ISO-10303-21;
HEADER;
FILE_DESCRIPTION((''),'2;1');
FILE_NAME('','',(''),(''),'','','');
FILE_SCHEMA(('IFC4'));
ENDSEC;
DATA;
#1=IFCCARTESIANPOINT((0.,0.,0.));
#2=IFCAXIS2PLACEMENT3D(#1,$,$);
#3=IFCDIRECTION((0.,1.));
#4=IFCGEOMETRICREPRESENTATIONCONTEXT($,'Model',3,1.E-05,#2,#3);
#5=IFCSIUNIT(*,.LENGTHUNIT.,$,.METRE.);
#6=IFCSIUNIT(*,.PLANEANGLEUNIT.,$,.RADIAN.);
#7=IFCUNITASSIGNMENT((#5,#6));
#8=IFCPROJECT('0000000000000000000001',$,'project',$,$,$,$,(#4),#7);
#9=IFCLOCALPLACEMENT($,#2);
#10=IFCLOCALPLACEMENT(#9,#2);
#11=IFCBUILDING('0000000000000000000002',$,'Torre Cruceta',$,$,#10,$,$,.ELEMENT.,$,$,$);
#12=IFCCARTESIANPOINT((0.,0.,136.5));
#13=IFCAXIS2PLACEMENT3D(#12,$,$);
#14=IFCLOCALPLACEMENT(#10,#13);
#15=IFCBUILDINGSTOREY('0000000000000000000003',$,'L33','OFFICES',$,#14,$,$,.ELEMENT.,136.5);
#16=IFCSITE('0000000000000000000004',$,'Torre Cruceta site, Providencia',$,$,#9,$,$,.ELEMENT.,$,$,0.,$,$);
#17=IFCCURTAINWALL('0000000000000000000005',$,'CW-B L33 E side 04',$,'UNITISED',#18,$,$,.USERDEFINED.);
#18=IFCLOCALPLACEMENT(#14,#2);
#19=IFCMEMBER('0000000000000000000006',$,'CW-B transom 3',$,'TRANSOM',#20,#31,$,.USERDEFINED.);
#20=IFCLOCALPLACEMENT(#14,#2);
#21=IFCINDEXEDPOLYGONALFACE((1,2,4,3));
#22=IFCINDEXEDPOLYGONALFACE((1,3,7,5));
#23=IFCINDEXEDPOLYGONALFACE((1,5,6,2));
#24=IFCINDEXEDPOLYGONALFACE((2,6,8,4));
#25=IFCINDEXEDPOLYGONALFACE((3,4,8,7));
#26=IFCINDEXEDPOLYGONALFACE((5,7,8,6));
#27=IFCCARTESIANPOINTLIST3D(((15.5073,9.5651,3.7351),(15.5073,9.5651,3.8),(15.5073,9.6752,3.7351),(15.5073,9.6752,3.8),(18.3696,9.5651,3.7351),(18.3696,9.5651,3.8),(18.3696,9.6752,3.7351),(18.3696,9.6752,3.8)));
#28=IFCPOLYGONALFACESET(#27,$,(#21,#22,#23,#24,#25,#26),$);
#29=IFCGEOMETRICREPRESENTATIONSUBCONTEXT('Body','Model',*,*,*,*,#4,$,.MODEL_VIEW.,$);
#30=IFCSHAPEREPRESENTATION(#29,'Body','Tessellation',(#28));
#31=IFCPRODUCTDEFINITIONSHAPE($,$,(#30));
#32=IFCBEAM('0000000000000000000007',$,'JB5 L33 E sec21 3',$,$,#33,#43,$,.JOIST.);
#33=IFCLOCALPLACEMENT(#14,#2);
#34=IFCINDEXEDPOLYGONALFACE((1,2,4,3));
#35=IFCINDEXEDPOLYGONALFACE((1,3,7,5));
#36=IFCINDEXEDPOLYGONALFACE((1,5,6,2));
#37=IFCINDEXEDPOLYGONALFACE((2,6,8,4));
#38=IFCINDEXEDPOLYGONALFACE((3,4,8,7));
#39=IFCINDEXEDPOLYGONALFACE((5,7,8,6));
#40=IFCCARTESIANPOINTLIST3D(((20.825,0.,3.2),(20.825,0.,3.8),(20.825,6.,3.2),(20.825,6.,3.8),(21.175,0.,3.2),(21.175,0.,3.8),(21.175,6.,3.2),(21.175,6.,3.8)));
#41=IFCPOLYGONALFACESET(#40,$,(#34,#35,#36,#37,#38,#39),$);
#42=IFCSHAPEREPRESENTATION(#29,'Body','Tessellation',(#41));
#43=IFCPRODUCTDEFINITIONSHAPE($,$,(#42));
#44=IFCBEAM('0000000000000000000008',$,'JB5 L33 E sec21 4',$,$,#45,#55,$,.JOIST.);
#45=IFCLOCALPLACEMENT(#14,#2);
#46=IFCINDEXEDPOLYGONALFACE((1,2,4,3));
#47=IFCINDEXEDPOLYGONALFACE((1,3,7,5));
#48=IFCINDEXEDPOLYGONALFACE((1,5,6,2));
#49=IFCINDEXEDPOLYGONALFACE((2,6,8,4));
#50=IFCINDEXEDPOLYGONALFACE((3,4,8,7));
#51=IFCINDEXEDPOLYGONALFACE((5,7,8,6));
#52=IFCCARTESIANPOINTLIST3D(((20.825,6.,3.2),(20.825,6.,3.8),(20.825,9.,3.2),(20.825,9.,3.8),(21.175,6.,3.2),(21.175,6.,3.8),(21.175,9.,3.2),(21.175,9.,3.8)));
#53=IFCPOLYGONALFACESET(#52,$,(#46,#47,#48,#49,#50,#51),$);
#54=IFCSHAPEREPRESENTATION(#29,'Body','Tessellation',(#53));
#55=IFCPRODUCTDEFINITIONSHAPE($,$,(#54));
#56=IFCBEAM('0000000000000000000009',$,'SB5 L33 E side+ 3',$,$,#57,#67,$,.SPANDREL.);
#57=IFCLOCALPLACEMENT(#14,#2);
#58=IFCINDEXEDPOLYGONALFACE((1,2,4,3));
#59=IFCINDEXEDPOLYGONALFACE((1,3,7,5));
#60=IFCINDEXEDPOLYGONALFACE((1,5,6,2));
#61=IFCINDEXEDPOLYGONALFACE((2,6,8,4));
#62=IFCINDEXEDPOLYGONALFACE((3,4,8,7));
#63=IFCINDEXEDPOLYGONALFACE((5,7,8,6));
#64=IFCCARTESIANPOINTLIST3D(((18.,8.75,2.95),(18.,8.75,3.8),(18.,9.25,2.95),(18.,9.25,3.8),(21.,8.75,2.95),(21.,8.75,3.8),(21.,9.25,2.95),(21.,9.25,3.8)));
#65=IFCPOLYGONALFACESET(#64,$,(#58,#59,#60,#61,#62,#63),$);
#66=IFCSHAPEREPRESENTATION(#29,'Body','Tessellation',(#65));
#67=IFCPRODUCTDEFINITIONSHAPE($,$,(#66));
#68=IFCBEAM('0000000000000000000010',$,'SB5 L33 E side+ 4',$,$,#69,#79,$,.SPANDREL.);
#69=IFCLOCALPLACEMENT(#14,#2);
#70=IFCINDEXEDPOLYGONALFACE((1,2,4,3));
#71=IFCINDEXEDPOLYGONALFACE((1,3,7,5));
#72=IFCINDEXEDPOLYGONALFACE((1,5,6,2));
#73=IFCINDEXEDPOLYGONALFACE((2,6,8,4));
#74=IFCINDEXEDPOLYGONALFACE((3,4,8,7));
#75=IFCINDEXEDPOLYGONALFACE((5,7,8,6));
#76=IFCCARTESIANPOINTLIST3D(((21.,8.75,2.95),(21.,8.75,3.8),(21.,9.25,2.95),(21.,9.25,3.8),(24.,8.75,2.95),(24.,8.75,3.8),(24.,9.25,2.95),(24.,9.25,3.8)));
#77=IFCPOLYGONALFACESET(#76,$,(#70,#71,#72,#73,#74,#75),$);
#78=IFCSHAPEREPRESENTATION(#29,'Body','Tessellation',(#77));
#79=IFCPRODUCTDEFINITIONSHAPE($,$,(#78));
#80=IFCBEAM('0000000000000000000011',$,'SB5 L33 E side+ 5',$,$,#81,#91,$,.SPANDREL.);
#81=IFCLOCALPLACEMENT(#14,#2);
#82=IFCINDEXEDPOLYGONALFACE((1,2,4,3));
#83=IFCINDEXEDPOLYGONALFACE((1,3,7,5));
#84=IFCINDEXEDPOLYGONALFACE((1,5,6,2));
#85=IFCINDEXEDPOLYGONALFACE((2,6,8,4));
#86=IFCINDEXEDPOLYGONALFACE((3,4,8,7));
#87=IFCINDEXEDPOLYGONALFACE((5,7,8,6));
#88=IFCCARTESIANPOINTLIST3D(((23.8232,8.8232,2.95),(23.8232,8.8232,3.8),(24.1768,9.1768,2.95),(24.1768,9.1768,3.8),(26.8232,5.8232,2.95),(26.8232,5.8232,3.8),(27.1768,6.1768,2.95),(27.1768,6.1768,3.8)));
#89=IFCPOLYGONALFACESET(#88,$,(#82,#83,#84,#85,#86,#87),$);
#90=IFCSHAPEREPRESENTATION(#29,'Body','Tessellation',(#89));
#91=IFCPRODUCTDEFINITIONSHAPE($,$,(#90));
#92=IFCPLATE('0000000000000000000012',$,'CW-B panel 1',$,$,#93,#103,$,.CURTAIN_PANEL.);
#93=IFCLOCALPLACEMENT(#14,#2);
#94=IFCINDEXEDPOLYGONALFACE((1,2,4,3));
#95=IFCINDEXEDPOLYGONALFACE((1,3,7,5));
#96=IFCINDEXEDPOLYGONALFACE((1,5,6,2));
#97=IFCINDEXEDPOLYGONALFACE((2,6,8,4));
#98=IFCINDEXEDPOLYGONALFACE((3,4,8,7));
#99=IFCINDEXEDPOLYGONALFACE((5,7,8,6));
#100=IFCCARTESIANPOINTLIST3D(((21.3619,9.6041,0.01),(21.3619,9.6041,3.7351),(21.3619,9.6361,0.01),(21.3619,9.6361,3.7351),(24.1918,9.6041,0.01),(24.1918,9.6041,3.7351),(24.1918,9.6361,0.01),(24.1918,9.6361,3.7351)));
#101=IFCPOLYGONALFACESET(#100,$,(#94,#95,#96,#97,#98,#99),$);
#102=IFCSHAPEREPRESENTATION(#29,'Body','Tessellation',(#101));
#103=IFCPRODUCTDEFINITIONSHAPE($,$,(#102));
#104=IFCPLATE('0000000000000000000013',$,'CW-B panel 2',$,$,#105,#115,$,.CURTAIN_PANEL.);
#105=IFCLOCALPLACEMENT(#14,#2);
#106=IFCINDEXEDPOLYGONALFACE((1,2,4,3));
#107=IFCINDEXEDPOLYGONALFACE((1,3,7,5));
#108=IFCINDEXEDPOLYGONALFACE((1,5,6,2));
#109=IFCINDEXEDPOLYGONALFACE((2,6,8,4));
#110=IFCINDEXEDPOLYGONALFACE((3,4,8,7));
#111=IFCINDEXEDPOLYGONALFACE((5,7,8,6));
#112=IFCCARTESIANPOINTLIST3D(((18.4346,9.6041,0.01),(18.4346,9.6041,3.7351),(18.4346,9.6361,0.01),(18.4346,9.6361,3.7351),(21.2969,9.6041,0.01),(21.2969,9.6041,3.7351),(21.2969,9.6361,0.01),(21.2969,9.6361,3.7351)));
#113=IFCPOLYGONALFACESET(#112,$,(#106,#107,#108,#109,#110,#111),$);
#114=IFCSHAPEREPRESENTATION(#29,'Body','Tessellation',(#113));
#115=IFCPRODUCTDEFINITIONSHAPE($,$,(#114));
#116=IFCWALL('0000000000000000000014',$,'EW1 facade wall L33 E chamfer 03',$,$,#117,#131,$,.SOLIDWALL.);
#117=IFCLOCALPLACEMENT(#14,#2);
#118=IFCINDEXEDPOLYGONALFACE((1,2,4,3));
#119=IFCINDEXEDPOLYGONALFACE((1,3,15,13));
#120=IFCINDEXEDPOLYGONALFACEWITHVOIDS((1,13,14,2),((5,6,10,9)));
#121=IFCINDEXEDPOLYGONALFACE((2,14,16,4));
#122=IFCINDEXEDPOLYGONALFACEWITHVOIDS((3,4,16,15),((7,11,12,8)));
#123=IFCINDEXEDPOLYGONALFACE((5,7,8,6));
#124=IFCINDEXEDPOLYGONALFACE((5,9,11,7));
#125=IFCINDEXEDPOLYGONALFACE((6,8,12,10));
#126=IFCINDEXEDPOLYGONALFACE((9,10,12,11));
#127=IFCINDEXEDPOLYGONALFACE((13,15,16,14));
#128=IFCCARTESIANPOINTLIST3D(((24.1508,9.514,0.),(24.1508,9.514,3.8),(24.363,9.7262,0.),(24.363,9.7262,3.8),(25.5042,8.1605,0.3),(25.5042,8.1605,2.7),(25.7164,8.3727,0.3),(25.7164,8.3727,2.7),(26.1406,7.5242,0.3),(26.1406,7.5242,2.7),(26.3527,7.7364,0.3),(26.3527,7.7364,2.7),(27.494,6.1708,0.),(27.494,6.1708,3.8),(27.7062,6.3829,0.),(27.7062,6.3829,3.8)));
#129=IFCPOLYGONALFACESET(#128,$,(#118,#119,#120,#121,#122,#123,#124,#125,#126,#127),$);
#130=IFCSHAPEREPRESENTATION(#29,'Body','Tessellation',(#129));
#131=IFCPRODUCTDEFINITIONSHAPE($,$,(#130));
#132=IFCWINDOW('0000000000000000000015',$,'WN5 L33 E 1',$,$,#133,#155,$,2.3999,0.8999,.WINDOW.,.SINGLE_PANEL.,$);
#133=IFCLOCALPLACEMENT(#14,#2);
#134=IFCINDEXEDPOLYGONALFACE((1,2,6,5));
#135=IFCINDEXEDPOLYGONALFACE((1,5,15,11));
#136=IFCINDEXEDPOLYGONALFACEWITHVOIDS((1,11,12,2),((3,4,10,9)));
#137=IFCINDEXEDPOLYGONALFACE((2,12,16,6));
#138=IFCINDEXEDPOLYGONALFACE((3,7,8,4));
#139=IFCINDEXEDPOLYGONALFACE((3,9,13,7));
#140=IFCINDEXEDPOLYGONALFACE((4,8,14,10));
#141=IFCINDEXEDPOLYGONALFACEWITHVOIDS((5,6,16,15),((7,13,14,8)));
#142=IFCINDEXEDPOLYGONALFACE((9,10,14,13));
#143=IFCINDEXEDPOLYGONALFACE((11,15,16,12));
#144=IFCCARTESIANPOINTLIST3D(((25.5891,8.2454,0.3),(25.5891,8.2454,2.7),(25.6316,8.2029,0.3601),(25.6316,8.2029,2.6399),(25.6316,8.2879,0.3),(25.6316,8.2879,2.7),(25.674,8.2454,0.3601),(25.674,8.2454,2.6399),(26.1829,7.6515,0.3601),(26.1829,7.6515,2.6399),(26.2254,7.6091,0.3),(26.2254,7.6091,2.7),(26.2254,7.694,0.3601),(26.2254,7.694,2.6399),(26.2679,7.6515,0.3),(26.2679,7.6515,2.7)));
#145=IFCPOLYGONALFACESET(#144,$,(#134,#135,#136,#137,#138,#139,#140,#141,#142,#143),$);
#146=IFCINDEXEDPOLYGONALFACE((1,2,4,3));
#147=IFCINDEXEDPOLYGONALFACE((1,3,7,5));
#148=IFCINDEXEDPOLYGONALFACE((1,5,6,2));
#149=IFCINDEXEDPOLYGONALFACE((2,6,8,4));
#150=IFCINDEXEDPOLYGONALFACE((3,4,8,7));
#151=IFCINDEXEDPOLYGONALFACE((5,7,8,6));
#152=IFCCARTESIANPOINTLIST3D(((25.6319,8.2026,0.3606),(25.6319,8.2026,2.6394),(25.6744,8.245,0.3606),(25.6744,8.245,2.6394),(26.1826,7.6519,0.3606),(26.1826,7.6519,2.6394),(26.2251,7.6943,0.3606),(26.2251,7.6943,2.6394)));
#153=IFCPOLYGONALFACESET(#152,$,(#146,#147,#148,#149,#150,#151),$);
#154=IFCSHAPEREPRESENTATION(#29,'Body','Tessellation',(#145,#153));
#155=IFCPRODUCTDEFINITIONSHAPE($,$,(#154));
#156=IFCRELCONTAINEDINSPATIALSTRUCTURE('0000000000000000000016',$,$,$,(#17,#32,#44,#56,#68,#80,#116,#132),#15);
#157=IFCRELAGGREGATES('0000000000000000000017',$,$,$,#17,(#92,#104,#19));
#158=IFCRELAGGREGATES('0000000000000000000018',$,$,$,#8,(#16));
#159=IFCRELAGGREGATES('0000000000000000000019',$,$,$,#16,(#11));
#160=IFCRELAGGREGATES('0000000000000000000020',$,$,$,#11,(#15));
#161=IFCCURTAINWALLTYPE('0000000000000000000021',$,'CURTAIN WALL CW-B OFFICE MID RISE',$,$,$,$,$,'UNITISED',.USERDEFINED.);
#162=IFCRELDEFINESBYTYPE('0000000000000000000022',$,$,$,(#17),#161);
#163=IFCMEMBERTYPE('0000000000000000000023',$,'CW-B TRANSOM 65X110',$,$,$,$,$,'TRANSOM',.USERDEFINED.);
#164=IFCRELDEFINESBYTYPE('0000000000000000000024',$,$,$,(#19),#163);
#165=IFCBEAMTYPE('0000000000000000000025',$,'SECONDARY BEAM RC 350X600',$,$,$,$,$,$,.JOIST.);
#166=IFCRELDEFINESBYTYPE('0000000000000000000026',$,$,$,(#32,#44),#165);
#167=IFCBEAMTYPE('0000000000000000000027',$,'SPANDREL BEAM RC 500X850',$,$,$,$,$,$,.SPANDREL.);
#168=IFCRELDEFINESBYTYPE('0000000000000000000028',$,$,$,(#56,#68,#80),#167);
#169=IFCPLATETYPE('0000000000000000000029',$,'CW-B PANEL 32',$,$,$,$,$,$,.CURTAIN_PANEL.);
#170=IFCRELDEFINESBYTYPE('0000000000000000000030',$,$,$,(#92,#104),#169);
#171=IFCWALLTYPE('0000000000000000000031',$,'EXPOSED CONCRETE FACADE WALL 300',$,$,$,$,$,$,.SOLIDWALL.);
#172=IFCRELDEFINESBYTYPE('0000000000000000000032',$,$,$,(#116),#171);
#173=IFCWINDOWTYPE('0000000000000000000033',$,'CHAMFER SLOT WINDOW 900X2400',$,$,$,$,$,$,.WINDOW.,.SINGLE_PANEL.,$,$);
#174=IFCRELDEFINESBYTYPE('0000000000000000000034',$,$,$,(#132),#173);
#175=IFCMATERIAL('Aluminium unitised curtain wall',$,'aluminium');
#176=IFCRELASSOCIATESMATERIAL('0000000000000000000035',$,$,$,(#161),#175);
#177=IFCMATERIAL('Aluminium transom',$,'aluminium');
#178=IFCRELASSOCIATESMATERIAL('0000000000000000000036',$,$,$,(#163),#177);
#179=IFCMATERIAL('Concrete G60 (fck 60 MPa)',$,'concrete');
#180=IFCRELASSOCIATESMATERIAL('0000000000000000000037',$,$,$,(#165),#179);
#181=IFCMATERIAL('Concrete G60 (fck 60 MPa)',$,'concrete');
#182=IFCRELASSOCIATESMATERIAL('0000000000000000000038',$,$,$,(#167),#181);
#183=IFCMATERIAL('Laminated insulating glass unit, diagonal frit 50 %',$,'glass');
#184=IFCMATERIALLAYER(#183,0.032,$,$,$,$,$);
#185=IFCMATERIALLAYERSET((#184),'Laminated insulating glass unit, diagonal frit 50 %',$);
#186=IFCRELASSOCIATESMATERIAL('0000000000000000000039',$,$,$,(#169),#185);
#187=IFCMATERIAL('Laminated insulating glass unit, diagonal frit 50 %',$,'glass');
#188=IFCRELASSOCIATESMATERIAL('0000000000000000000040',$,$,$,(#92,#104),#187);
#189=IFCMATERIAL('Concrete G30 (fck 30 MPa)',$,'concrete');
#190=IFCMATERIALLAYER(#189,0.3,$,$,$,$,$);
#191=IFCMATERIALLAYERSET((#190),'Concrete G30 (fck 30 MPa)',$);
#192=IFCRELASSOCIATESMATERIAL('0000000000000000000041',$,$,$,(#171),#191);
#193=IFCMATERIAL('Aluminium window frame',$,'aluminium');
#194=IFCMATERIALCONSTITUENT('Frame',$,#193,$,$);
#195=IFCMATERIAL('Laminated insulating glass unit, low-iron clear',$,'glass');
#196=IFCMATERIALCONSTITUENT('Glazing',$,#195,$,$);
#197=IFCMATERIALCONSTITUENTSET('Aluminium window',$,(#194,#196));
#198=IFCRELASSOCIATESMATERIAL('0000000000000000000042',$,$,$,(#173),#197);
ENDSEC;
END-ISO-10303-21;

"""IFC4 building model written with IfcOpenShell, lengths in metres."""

from ifc_helpers import new_model, si_unit, direction, frame, frame_2d, origin, origin_2d, place, context, subcontext, project, spatial, rectangle, hollow_rectangle, extrude, material, layer, layer_set, constituent, constituent_set, material_profile, profile_set, type_object, element, fill, aggregate, save


model = new_model("IFC4")

# Units and contexts
model_context = context("Model", 3, precision=1e-05, world=origin(), true_north=direction((0.0, 1.0)))
body_context = subcontext(model_context, "Body", "Model", "MODEL_VIEW")
ifc_project = project(units=[si_unit("LENGTHUNIT", "METRE"), si_unit("PLANEANGLEUNIT", "RADIAN")], contexts=[model_context])

# Site, building, storey
site_placement = place(None, origin())
site = spatial("IfcSite", under=ifc_project, at=site_placement, Name="Torre Cruceta site, Providencia", CompositionType="ELEMENT", RefElevation=0.0)
building_placement = place(site_placement, origin())
building = spatial("IfcBuilding", under=site, at=building_placement, Name="Torre Cruceta", CompositionType="ELEMENT")
storey_placement = place(building_placement, frame((0.0, 0.0, 136.5)))
storey = spatial("IfcBuildingStorey", under=building, at=storey_placement, Name="L33", Description="OFFICES", CompositionType="ELEMENT", Elevation=136.5)

# Curtain wall, member
ifc_material_1 = material(Name="Aluminium unitised curtain wall", Category="aluminium")
curtain_wall_type = type_object("IfcCurtainWallType", Name="CURTAIN WALL CW-B OFFICE MID RISE", ElementType="UNITISED", PredefinedType="USERDEFINED", material=ifc_material_1)
curtain_wall_placement = place(storey_placement, origin())
curtain_wall = element("IfcCurtainWall", 1, at=curtain_wall_placement, inside=storey, type_object=curtain_wall_type, Name="CW-B L33 E side 04", ObjectType="UNITISED", PredefinedType="USERDEFINED")
ifc_material_2 = material(Name="Aluminium transom", Category="aluminium")
ifc_material_profile_1 = material_profile(ifc_material_2, rectangle(XDim=0.1101, YDim=0.0649, at=origin_2d()), Name="AL 110X65")
ifc_profile_set_1 = profile_set([ifc_material_profile_1], Name="Aluminium transom")
member_type_1 = type_object("IfcMemberType", Name="CW-B TRANSOM 65X110", ElementType="TRANSOM", PredefinedType="USERDEFINED", material=ifc_profile_set_1)
member_1_placement = place(storey_placement, frame((18.3696, 9.6201, 3.7676), z_axis=(-1.0, 0.0, 0.0), x_axis=(0.0, -1.0, 0.0)))
member_1 = element("IfcMember", 2, at=member_1_placement, type_object=member_type_1, Name="CW-B transom 3", ObjectType="TRANSOM", PredefinedType="USERDEFINED", context=body_context, shape_type="SweptSolid", body=[
    extrude(rectangle(XDim=0.1101, YDim=0.0649, at=origin_2d()), origin(), (0.0, 0.0, 1.0), 2.8623),
])

# Beams
ifc_material_3 = material(Name="Concrete G60 (fck 60 MPa)", Category="concrete")
ifc_material_profile_2 = material_profile(ifc_material_3, rectangle(XDim=0.3501, YDim=0.6001, at=origin_2d()), Name="RC 350X600")
ifc_profile_set_2 = profile_set([ifc_material_profile_2], Name="Concrete G60 (fck 60 MPa)")
beam_type_1 = type_object("IfcBeamType", Name="SECONDARY BEAM RC 350X600", PredefinedType="JOIST", material=ifc_profile_set_2)
beam_1_placement = place(storey_placement, frame((21.0, 0.0, 3.5), z_axis=(0.0, 1.0, 0.0), x_axis=(-1.0, 0.0, 0.0)))
element("IfcBeam", 3, at=beam_1_placement, inside=storey, type_object=beam_type_1, Name="JB5 L33 E sec21 3", PredefinedType="JOIST", context=body_context, shape_type="SweptSolid", body=[
    extrude(rectangle(XDim=0.3501, YDim=0.6001, at=origin_2d()), origin(), (0.0, 0.0, 1.0), 6.0),
])
beam_2_placement = place(storey_placement, frame((21.0, 6.0, 3.5), z_axis=(0.0, 1.0, 0.0), x_axis=(-1.0, 0.0, 0.0)))
element("IfcBeam", 4, at=beam_2_placement, inside=storey, type_object=beam_type_1, Name="JB5 L33 E sec21 4", PredefinedType="JOIST", context=body_context, shape_type="SweptSolid", body=[
    extrude(rectangle(XDim=0.3501, YDim=0.6001, at=origin_2d()), origin(), (0.0, 0.0, 1.0), 3.0),
])
ifc_material_4 = material(Name="Concrete G60 (fck 60 MPa)", Category="concrete")
ifc_material_profile_3 = material_profile(ifc_material_4, rectangle(XDim=0.5, YDim=0.8501, at=origin_2d()), Name="RC 500X850")
ifc_profile_set_3 = profile_set([ifc_material_profile_3], Name="Concrete G60 (fck 60 MPa)")
beam_type_2 = type_object("IfcBeamType", Name="SPANDREL BEAM RC 500X850", PredefinedType="SPANDREL", material=ifc_profile_set_3)
for number, where, z_axis, x_axis, name in (
    (5, (18.0, 9.0, 3.375), (1.0, 0.0, 0.0), (0.0, 1.0, 0.0), "SB5 L33 E side+ 3"),
    (6, (21.0, 9.0, 3.375), (1.0, 0.0, 0.0), (0.0, 1.0, 0.0), "SB5 L33 E side+ 4"),
):
    element("IfcBeam", number, at=place(storey_placement, frame(where, z_axis=z_axis, x_axis=x_axis)), inside=storey, type_object=beam_type_2, Name=name, PredefinedType="SPANDREL", context=body_context, shape_type="SweptSolid", body=[
        extrude(rectangle(XDim=0.5, YDim=0.8501, at=origin_2d()), origin(), (0.0, 0.0, 1.0), 3.0),
    ])
beam_3_placement = place(storey_placement, frame((24.0, 9.0, 3.375), z_axis=(0.707107, -0.707107, 0.0), x_axis=(0.707107, 0.707107, 0.0)))
element("IfcBeam", 7, at=beam_3_placement, inside=storey, type_object=beam_type_2, Name="SB5 L33 E side+ 5", PredefinedType="SPANDREL", context=body_context, shape_type="SweptSolid", body=[
    extrude(rectangle(XDim=0.5, YDim=0.8501, at=origin_2d()), origin(), (0.0, 0.0, 1.0), 4.2427),
])

# Plates
ifc_material_5 = material(Name="Laminated insulating glass unit, diagonal frit 50 %", Category="glass")
ifc_material_6 = material(Name="Laminated insulating glass unit, diagonal frit 50 %", Category="glass")
ifc_layer_1 = layer(ifc_material_6, 0.032)
ifc_layer_set_1 = layer_set([ifc_layer_1], Name="Laminated insulating glass unit, diagonal frit 50 %")
plate_type = type_object("IfcPlateType", Name="CW-B PANEL 32", PredefinedType="CURTAIN_PANEL", material=ifc_layer_set_1)
plate_1_placement = place(storey_placement, frame((22.7769, 9.6201, 0.01), z_axis=(0.0, 0.0, 1.0), x_axis=(-1.0, 0.0, 0.0)))
plate_1 = element("IfcPlate", 8, at=plate_1_placement, type_object=plate_type, material=ifc_material_5, Name="CW-B panel 1", PredefinedType="CURTAIN_PANEL", context=body_context, shape_type="SweptSolid", body=[
    extrude(rectangle(XDim=2.8298, YDim=0.032, at=origin_2d()), origin(), (0.0, 0.0, 1.0), 3.7251),
])
plate_2_placement = place(storey_placement, frame((19.8657, 9.6201, 0.01), z_axis=(0.0, 0.0, 1.0), x_axis=(-1.0, 0.0, 0.0)))
plate_2 = element("IfcPlate", 9, at=plate_2_placement, type_object=plate_type, material=ifc_material_5, Name="CW-B panel 2", PredefinedType="CURTAIN_PANEL", context=body_context, shape_type="SweptSolid", body=[
    extrude(rectangle(XDim=2.8623, YDim=0.032, at=origin_2d()), origin(), (0.0, 0.0, 1.0), 3.7251),
])
aggregate(curtain_wall, [plate_1, plate_2, member_1])

# Wall, opening, window
ifc_material_7 = material(Name="Concrete G30 (fck 30 MPa)", Category="concrete")
ifc_layer_2 = layer(ifc_material_7, 0.3)
ifc_layer_set_2 = layer_set([ifc_layer_2], Name="Concrete G30 (fck 30 MPa)")
wall_type = type_object("IfcWallType", Name="EXPOSED CONCRETE FACADE WALL 300", PredefinedType="SOLIDWALL", material=ifc_layer_set_2)
wall_placement = place(storey_placement, frame((27.6001, 6.2769, 0.0), z_axis=(0.0, 0.0, 1.0), x_axis=(-0.707107, 0.707107, 0.0)))
wall = element("IfcWall", 10, at=wall_placement, inside=storey, type_object=wall_type, Name="EW1 facade wall L33 E chamfer 03", PredefinedType="SOLIDWALL", context=body_context, shape_type="SweptSolid", body=[
    extrude(rectangle(XDim=4.728, YDim=0.3, at=frame_2d((2.364, 0.0))), origin(), (0.0, 0.0, 1.0), 3.8),
])
opening_placement = place(wall_placement, frame((1.9141, 0.0, 0.3)))
opening = element("IfcOpeningElement", 11, at=opening_placement, cuts=wall, PredefinedType="OPENING", context=body_context, shape_type="SweptSolid", body=[
    extrude(rectangle(XDim=0.8999, YDim=2.3999, at=frame_2d((0.45, 1.2))), frame((0.0, 0.1599, 0.0), z_axis=(0.0, -1.0, 0.0), x_axis=(1.0, 0.0, 0.0)), (0.0, 0.0, 1.0), 0.3201),
])
ifc_material_8 = material(Name="Aluminium window frame", Category="aluminium")
ifc_constituent_1 = constituent(ifc_material_8, Name="Frame")
ifc_material_9 = material(Name="Laminated insulating glass unit, low-iron clear", Category="glass")
ifc_constituent_2 = constituent(ifc_material_9, Name="Glazing")
ifc_constituent_set = constituent_set(constituents=[ifc_constituent_1, ifc_constituent_2], Name="Aluminium window")
window_type = type_object("IfcWindowType", Name="CHAMFER SLOT WINDOW 900X2400", PartitioningType="SINGLE_PANEL", PredefinedType="WINDOW", material=ifc_constituent_set)
window_placement = place(opening_placement, origin())
window = element("IfcWindow", 12, at=window_placement, inside=storey, type_object=window_type, Name="WN5 L33 E 1", OverallHeight=2.3999, OverallWidth=0.8999, PartitioningType="SINGLE_PANEL", PredefinedType="WINDOW", context=body_context, shape_type="SweptSolid", body=[
    extrude(hollow_rectangle(XDim=0.8999, YDim=2.3999, WallThickness=0.0601, at=frame_2d((0.45, 1.2))), frame((0.0, 0.03, 0.0), z_axis=(0.0, -1.0, 0.0), x_axis=(1.0, 0.0, 0.0)), (0.0, 0.0, 1.0), 0.0601),
    extrude(rectangle(XDim=0.7788, YDim=2.2788, at=frame_2d((0.45, 1.2))), frame((0.0, 0.03, 0.0), z_axis=(0.0, -1.0, 0.0), x_axis=(1.0, 0.0, 0.0)), (0.0, 0.0, 1.0), 0.0601),
])
fill(opening, window)

save(model, "model.ifc")
